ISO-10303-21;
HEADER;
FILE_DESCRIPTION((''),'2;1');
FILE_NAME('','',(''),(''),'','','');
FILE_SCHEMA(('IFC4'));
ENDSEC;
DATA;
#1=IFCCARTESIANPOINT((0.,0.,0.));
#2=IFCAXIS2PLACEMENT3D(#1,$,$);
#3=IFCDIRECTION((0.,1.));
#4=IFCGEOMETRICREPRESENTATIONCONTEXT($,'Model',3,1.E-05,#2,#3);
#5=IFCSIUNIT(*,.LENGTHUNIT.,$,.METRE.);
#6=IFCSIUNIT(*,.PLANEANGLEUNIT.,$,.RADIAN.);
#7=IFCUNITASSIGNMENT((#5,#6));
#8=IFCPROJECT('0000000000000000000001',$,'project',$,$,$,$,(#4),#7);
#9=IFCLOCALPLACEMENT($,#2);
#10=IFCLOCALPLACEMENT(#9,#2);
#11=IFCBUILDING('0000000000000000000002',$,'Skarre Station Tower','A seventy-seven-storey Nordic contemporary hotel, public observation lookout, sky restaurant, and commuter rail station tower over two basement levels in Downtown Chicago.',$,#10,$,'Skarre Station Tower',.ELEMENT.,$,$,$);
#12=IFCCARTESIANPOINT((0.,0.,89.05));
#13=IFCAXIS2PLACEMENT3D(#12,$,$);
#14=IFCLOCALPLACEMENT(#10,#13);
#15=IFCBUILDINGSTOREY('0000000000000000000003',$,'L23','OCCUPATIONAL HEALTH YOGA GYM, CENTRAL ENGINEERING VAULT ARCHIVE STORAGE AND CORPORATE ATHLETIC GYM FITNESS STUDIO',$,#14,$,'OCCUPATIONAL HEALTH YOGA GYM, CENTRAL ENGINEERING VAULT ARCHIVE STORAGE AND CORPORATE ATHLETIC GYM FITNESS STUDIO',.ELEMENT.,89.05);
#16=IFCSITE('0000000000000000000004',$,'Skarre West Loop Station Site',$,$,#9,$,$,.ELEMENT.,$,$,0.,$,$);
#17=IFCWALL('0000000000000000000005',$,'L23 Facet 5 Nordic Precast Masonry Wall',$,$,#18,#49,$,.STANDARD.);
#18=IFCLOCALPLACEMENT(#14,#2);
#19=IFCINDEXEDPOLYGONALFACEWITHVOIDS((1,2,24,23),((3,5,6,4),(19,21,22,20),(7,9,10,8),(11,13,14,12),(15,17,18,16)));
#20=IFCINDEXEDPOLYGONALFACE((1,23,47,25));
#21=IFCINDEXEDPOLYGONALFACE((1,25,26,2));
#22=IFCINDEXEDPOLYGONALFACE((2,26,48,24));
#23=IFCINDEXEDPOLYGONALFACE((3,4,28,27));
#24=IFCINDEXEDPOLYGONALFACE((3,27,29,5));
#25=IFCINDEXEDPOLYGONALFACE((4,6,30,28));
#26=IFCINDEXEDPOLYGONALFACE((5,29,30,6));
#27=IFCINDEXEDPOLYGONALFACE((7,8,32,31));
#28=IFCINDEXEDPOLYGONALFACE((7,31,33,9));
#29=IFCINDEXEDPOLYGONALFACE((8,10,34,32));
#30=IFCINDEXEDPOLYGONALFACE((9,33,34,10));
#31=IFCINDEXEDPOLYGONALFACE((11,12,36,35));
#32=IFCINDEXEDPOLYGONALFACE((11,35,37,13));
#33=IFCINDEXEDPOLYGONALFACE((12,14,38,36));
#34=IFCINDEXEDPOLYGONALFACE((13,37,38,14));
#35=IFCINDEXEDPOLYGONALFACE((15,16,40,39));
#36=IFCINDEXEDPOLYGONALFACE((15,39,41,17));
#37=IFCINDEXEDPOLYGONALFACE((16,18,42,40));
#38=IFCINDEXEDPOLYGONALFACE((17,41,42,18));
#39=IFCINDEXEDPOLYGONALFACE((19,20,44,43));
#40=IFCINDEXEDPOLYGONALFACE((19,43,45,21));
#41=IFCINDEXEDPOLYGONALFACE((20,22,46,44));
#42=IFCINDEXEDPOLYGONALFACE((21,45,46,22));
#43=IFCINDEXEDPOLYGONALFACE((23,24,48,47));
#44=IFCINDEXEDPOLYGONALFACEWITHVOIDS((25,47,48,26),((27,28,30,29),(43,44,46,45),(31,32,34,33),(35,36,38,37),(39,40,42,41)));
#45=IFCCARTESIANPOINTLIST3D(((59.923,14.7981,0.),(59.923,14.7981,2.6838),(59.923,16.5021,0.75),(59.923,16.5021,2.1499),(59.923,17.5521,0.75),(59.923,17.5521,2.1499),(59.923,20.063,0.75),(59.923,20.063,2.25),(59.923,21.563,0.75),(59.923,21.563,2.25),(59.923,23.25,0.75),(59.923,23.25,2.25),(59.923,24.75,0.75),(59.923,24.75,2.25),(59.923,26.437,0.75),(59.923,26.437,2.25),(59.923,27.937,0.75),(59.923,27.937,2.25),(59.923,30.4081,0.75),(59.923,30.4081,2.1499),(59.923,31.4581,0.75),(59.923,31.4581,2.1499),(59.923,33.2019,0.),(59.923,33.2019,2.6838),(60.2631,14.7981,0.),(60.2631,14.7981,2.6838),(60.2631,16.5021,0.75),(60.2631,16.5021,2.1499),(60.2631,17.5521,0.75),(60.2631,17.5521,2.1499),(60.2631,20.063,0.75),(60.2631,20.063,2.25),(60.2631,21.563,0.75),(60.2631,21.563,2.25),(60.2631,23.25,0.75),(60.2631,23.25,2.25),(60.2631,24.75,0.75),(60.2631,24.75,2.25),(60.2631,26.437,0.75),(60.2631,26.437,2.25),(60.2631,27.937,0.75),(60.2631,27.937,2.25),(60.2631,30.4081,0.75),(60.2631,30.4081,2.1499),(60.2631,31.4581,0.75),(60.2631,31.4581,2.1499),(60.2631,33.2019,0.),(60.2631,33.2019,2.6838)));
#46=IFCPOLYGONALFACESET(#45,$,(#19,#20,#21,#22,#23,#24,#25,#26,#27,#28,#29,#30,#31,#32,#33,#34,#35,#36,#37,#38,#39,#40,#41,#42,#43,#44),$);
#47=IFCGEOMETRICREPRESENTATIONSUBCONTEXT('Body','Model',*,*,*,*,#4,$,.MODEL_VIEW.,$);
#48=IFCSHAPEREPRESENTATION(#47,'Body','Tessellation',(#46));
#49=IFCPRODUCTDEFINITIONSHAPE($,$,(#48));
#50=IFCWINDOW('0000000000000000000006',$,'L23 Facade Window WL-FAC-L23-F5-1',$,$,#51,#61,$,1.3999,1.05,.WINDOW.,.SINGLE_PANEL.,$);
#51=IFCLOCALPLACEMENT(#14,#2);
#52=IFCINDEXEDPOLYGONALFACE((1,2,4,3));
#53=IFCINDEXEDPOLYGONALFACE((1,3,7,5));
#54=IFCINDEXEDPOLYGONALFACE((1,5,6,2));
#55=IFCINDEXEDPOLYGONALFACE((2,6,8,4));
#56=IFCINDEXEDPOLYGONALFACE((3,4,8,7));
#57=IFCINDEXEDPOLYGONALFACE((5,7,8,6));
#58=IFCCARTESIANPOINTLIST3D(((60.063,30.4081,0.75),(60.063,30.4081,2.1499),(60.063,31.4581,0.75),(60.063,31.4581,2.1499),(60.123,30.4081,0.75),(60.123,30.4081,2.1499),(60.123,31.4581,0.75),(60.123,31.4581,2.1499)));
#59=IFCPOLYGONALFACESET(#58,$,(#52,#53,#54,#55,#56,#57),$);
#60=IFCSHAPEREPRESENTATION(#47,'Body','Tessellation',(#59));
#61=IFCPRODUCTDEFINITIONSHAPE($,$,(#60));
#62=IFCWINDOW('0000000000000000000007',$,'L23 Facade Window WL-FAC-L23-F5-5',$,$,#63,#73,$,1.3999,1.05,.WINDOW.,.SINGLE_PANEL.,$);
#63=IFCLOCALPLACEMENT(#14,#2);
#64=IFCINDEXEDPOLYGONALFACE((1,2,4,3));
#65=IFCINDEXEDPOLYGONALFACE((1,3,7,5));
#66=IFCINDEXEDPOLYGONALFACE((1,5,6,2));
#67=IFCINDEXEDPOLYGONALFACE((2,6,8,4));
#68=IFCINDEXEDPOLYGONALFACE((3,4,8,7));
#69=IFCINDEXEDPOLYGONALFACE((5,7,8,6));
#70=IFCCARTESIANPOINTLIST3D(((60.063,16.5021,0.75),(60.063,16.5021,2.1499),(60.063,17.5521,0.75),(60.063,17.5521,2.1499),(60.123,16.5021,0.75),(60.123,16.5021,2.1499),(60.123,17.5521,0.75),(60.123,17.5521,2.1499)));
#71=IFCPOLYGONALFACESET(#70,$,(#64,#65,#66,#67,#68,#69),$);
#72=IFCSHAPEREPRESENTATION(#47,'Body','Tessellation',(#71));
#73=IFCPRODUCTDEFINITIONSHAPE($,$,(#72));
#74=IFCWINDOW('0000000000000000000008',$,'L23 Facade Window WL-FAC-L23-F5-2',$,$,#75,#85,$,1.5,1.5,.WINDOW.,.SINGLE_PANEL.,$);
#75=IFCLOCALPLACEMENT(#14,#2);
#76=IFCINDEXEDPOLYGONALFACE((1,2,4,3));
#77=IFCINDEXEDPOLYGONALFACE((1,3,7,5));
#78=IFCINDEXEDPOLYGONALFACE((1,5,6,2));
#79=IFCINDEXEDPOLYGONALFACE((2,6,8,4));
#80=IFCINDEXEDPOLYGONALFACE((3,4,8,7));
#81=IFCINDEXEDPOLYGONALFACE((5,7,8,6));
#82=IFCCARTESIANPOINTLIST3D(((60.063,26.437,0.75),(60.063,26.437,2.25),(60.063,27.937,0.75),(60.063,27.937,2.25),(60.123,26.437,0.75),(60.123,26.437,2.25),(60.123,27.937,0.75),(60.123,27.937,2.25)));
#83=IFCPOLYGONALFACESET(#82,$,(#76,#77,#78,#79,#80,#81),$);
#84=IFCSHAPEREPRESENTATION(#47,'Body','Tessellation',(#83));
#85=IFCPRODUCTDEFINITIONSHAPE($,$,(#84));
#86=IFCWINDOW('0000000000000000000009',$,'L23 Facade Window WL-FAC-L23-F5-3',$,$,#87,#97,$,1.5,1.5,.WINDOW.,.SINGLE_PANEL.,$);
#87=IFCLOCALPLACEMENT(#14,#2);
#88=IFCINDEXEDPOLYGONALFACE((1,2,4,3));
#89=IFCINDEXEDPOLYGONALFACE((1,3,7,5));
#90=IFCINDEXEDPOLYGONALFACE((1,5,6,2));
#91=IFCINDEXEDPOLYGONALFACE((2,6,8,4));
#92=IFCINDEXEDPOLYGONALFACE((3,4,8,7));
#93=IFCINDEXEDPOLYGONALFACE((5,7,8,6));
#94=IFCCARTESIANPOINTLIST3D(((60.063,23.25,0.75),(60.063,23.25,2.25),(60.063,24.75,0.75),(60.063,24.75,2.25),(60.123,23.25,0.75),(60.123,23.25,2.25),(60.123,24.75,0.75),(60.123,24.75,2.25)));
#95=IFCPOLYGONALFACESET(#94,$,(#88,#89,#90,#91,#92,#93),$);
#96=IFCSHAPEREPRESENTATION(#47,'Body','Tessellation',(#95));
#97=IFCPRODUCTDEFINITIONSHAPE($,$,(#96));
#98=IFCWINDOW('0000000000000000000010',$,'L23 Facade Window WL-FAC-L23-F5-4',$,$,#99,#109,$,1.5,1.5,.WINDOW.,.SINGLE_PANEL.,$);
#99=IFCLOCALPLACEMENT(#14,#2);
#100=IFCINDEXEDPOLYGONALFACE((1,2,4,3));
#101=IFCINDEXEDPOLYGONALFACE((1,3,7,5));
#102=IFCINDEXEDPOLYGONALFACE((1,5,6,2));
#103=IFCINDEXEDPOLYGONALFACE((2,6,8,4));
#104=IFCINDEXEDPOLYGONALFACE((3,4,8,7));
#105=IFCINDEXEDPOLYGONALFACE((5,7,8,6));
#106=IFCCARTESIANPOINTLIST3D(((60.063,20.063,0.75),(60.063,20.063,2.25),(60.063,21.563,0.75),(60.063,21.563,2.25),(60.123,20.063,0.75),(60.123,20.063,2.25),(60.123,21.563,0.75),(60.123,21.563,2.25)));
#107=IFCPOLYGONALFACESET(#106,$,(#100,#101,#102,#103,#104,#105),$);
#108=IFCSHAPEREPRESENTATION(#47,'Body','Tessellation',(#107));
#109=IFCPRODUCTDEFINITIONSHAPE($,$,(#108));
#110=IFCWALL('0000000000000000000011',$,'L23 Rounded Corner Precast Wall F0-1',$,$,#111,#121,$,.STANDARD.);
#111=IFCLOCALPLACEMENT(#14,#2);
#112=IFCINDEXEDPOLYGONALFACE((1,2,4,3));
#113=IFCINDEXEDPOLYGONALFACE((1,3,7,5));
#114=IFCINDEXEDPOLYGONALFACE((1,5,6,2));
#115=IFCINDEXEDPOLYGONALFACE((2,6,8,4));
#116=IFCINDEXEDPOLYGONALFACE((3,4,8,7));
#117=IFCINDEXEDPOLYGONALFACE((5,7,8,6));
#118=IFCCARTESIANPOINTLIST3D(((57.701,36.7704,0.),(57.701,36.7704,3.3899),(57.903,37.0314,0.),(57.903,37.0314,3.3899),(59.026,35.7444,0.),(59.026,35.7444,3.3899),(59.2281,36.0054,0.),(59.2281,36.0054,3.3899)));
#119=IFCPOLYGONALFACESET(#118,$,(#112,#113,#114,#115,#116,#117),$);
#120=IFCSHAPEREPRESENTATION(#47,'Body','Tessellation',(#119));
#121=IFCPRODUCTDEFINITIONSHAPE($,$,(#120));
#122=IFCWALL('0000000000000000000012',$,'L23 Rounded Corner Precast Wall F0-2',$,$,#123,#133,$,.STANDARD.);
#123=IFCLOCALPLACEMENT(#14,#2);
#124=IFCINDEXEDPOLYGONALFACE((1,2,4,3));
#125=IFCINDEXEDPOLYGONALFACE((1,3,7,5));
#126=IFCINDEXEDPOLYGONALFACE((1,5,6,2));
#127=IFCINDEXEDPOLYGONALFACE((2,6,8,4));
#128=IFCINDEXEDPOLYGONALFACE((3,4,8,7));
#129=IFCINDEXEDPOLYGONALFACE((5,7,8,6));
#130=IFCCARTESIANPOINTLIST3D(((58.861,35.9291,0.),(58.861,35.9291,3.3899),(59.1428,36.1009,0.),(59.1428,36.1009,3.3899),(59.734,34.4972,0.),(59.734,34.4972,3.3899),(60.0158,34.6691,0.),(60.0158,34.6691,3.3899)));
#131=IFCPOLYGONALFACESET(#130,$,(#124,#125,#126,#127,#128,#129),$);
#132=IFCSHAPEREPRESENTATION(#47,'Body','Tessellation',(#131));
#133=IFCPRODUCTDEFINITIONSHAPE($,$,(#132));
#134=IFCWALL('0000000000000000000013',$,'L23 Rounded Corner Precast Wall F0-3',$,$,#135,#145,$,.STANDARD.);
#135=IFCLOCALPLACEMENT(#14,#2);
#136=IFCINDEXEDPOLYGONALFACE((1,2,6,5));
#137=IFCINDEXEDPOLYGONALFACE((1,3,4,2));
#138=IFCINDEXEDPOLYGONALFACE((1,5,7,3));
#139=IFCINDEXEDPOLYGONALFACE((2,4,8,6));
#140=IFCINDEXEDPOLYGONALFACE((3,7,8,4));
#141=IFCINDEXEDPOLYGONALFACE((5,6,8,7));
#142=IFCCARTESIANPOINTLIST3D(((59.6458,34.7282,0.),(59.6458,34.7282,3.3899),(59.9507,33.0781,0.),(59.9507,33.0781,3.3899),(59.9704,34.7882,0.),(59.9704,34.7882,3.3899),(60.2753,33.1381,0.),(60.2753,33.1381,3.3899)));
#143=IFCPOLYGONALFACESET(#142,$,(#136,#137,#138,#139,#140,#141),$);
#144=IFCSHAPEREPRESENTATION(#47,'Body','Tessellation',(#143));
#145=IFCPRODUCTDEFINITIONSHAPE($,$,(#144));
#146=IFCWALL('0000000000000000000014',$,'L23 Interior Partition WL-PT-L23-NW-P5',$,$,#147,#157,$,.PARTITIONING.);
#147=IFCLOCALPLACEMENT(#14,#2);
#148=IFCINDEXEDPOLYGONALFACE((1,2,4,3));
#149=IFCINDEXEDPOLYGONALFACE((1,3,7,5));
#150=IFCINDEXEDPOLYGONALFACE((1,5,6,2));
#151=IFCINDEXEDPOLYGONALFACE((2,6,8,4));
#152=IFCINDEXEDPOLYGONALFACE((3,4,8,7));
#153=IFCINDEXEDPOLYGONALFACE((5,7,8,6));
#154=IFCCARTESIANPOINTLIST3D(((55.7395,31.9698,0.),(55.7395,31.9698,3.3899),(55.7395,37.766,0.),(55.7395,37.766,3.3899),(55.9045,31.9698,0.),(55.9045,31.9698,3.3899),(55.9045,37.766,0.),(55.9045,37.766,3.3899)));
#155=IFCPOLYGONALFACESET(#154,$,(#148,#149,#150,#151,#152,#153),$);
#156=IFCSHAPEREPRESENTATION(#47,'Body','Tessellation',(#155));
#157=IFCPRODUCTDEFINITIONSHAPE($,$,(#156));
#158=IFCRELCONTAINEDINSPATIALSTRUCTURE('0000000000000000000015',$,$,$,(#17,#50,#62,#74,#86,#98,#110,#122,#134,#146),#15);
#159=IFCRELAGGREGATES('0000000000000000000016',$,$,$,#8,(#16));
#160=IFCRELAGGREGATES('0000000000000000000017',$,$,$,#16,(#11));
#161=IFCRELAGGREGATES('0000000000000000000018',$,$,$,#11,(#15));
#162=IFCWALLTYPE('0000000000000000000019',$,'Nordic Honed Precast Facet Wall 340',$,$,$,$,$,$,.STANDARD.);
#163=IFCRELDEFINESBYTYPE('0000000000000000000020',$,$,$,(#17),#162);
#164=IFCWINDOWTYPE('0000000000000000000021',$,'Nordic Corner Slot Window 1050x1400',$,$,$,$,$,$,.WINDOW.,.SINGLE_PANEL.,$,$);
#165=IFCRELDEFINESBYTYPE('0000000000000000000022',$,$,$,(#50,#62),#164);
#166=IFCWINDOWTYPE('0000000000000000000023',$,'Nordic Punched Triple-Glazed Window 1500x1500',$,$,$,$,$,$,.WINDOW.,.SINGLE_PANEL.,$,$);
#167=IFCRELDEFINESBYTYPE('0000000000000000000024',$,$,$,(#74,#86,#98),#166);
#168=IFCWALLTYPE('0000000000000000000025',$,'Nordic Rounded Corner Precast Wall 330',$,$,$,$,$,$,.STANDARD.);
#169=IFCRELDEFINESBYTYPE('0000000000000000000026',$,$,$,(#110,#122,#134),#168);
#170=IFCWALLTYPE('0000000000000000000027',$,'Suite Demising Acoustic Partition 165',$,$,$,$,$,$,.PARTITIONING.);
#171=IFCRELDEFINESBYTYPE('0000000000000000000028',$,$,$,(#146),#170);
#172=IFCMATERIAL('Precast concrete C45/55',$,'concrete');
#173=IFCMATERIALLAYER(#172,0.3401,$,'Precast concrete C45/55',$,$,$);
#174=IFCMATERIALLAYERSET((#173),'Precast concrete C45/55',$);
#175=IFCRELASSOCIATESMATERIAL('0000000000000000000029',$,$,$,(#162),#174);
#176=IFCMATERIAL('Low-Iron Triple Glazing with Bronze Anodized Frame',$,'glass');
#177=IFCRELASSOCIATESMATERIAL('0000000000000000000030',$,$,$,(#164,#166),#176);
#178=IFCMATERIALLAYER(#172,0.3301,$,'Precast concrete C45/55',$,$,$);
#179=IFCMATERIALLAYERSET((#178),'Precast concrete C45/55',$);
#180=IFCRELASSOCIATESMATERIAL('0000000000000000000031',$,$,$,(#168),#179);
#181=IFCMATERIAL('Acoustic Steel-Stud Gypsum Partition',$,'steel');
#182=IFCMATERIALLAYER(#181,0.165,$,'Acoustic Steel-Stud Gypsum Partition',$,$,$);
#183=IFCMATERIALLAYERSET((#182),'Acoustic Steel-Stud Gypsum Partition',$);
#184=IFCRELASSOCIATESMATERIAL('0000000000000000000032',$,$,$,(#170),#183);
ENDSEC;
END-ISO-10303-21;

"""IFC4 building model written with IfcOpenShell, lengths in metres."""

from ifc_helpers import new_model, si_unit, direction, frame, frame_2d, origin, place, context, subcontext, project, spatial, rectangle, extrude, material, layer, layer_set, type_object, element, fill, save


model = new_model("IFC4")

# Units and contexts
model_context = context("Model", 3, precision=1e-05, world=origin(), true_north=direction((0.0, 1.0)))
body_context = subcontext(model_context, "Body", "Model", "MODEL_VIEW")
ifc_project = project(units=[si_unit("LENGTHUNIT", "METRE"), si_unit("PLANEANGLEUNIT", "RADIAN")], contexts=[model_context])

# Site, building, storey
site_placement = place(None, origin())
site = spatial("IfcSite", under=ifc_project, at=site_placement, Name="Skarre West Loop Station Site", CompositionType="ELEMENT", RefElevation=0.0)
building_placement = place(site_placement, origin())
building = spatial("IfcBuilding", under=site, at=building_placement, Name="Skarre Station Tower", Description="A seventy-seven-storey Nordic contemporary hotel, public observation lookout, sky restaurant, and commuter rail station tower over two basement levels in Downtown Chicago.", LongName="Skarre Station Tower", CompositionType="ELEMENT")
storey_placement = place(building_placement, frame((0.0, 0.0, 89.05)))
storey = spatial("IfcBuildingStorey", under=building, at=storey_placement, Name="L23", Description="OCCUPATIONAL HEALTH YOGA GYM, CENTRAL ENGINEERING VAULT ARCHIVE STORAGE AND CORPORATE ATHLETIC GYM FITNESS STUDIO", LongName="OCCUPATIONAL HEALTH YOGA GYM, CENTRAL ENGINEERING VAULT ARCHIVE STORAGE AND CORPORATE ATHLETIC GYM FITNESS STUDIO", CompositionType="ELEMENT", Elevation=89.05)

# Wall, openings, windows
ifc_material_1 = material(Name="Precast concrete C45/55", Category="concrete")
ifc_layer_1 = layer(ifc_material_1, 0.3401, Name="Precast concrete C45/55")
ifc_layer_set_1 = layer_set([ifc_layer_1], Name="Precast concrete C45/55")
wall_type_1 = type_object("IfcWallType", Name="Nordic Honed Precast Facet Wall 340", PredefinedType="STANDARD", material=ifc_layer_set_1)
wall_1_placement = place(storey_placement, frame((60.093, 33.2019, 0.0), z_axis=(0.0, 0.0, 1.0), x_axis=(0.0, -1.0, 0.0)))
wall_1 = element("IfcWall", 1, at=wall_1_placement, inside=storey, type_object=wall_type_1, Name="L23 Facet 5 Nordic Precast Masonry Wall", PredefinedType="STANDARD", context=body_context, shape_type="SweptSolid", body=[
    extrude(rectangle(XDim=18.4038, YDim=0.3401, at=frame_2d((9.2019, 0.0))), origin(), (0.0, 0.0, 1.0), 2.6838),
])
opening_1_placement = place(wall_1_placement, frame((1.7439, 0.0, 0.75)))
opening_1 = element("IfcOpeningElement", 2, at=opening_1_placement, cuts=wall_1, PredefinedType="OPENING", context=body_context, shape_type="SweptSolid", body=[
    extrude(rectangle(XDim=1.05, YDim=1.3999, at=frame_2d((0.5249, 0.7))), frame((0.0, 0.1799, 0.0), z_axis=(0.0, -1.0, 0.0), x_axis=(1.0, 0.0, 0.0)), (0.0, 0.0, 1.0), 0.3601),
])
opening_2_placement = place(wall_1_placement, frame((5.2649, 0.0, 0.75)))
opening_2 = element("IfcOpeningElement", 3, at=opening_2_placement, cuts=wall_1, PredefinedType="OPENING", context=body_context, shape_type="SweptSolid", body=[
    extrude(rectangle(XDim=1.5, YDim=1.5, at=frame_2d((0.75, 0.75))), frame((0.0, 0.1799, 0.0), z_axis=(0.0, -1.0, 0.0), x_axis=(1.0, 0.0, 0.0)), (0.0, 0.0, 1.0), 0.3601),
])
opening_3_placement = place(wall_1_placement, frame((8.4519, 0.0, 0.75)))
opening_3 = element("IfcOpeningElement", 4, at=opening_3_placement, cuts=wall_1, PredefinedType="OPENING", context=body_context, shape_type="SweptSolid", body=[
    extrude(rectangle(XDim=1.5, YDim=1.5, at=frame_2d((0.75, 0.75))), frame((0.0, 0.1799, 0.0), z_axis=(0.0, -1.0, 0.0), x_axis=(1.0, 0.0, 0.0)), (0.0, 0.0, 1.0), 0.3601),
])
opening_4_placement = place(wall_1_placement, frame((11.6389, 0.0, 0.75)))
opening_4 = element("IfcOpeningElement", 5, at=opening_4_placement, cuts=wall_1, PredefinedType="OPENING", context=body_context, shape_type="SweptSolid", body=[
    extrude(rectangle(XDim=1.5, YDim=1.5, at=frame_2d((0.75, 0.75))), frame((0.0, 0.1799, 0.0), z_axis=(0.0, -1.0, 0.0), x_axis=(1.0, 0.0, 0.0)), (0.0, 0.0, 1.0), 0.3601),
])
opening_5_placement = place(wall_1_placement, frame((15.6499, 0.0, 0.75)))
opening_5 = element("IfcOpeningElement", 6, at=opening_5_placement, cuts=wall_1, PredefinedType="OPENING", context=body_context, shape_type="SweptSolid", body=[
    extrude(rectangle(XDim=1.05, YDim=1.3999, at=frame_2d((0.5249, 0.7))), frame((0.0, 0.1799, 0.0), z_axis=(0.0, -1.0, 0.0), x_axis=(1.0, 0.0, 0.0)), (0.0, 0.0, 1.0), 0.3601),
])
ifc_material_2 = material(Name="Low-Iron Triple Glazing with Bronze Anodized Frame", Category="glass")
window_type_1 = type_object("IfcWindowType", Name="Nordic Corner Slot Window 1050x1400", PartitioningType="SINGLE_PANEL", PredefinedType="WINDOW", material=ifc_material_2)
window_1_placement = place(opening_1_placement, origin())
window_1 = element("IfcWindow", 7, at=window_1_placement, inside=storey, type_object=window_type_1, Name="L23 Facade Window WL-FAC-L23-F5-1", OverallHeight=1.3999, OverallWidth=1.05, PartitioningType="SINGLE_PANEL", PredefinedType="WINDOW", context=body_context, shape_type="SweptSolid", body=[
    extrude(rectangle(XDim=1.05, YDim=1.3999, at=frame_2d((0.5249, 0.7))), frame((0.0, 0.03, 0.0), z_axis=(0.0, -1.0, 0.0), x_axis=(1.0, 0.0, 0.0)), (0.0, 0.0, 1.0), 0.0601),
])
fill(opening_1, window_1)
window_2_placement = place(opening_5_placement, origin())
window_2 = element("IfcWindow", 8, at=window_2_placement, inside=storey, type_object=window_type_1, Name="L23 Facade Window WL-FAC-L23-F5-5", OverallHeight=1.3999, OverallWidth=1.05, PartitioningType="SINGLE_PANEL", PredefinedType="WINDOW", context=body_context, shape_type="SweptSolid", body=[
    extrude(rectangle(XDim=1.05, YDim=1.3999, at=frame_2d((0.5249, 0.7))), frame((0.0, 0.03, 0.0), z_axis=(0.0, -1.0, 0.0), x_axis=(1.0, 0.0, 0.0)), (0.0, 0.0, 1.0), 0.0601),
])
fill(opening_5, window_2)
window_type_2 = type_object("IfcWindowType", Name="Nordic Punched Triple-Glazed Window 1500x1500", PartitioningType="SINGLE_PANEL", PredefinedType="WINDOW", material=ifc_material_2)
window_3_placement = place(opening_2_placement, origin())
window_3 = element("IfcWindow", 9, at=window_3_placement, inside=storey, type_object=window_type_2, Name="L23 Facade Window WL-FAC-L23-F5-2", OverallHeight=1.5, OverallWidth=1.5, PartitioningType="SINGLE_PANEL", PredefinedType="WINDOW", context=body_context, shape_type="SweptSolid", body=[
    extrude(rectangle(XDim=1.5, YDim=1.5, at=frame_2d((0.75, 0.75))), frame((0.0, 0.03, 0.0), z_axis=(0.0, -1.0, 0.0), x_axis=(1.0, 0.0, 0.0)), (0.0, 0.0, 1.0), 0.0601),
])
fill(opening_2, window_3)
window_4_placement = place(opening_3_placement, origin())
window_4 = element("IfcWindow", 10, at=window_4_placement, inside=storey, type_object=window_type_2, Name="L23 Facade Window WL-FAC-L23-F5-3", OverallHeight=1.5, OverallWidth=1.5, PartitioningType="SINGLE_PANEL", PredefinedType="WINDOW", context=body_context, shape_type="SweptSolid", body=[
    extrude(rectangle(XDim=1.5, YDim=1.5, at=frame_2d((0.75, 0.75))), frame((0.0, 0.03, 0.0), z_axis=(0.0, -1.0, 0.0), x_axis=(1.0, 0.0, 0.0)), (0.0, 0.0, 1.0), 0.0601),
])
fill(opening_3, window_4)
window_5_placement = place(opening_4_placement, origin())
window_5 = element("IfcWindow", 11, at=window_5_placement, inside=storey, type_object=window_type_2, Name="L23 Facade Window WL-FAC-L23-F5-4", OverallHeight=1.5, OverallWidth=1.5, PartitioningType="SINGLE_PANEL", PredefinedType="WINDOW", context=body_context, shape_type="SweptSolid", body=[
    extrude(rectangle(XDim=1.5, YDim=1.5, at=frame_2d((0.75, 0.75))), frame((0.0, 0.03, 0.0), z_axis=(0.0, -1.0, 0.0), x_axis=(1.0, 0.0, 0.0)), (0.0, 0.0, 1.0), 0.0601),
])
fill(opening_4, window_5)

# Walls
ifc_layer_2 = layer(ifc_material_1, 0.3301, Name="Precast concrete C45/55")
ifc_layer_set_2 = layer_set([ifc_layer_2], Name="Precast concrete C45/55")
wall_type_2 = type_object("IfcWallType", Name="Nordic Rounded Corner Precast Wall 330", PredefinedType="STANDARD", material=ifc_layer_set_2)
wall_2_placement = place(storey_placement, frame((57.802, 36.9009, 0.0), z_axis=(0.0, 0.0, 1.0), x_axis=(0.790692, -0.612214, 0.0)))
element("IfcWall", 12, at=wall_2_placement, inside=storey, type_object=wall_type_2, Name="L23 Rounded Corner Precast Wall F0-1", PredefinedType="STANDARD", context=body_context, shape_type="SweptSolid", body=[
    extrude(rectangle(XDim=1.6758, YDim=0.3301, at=frame_2d((0.8379, 0.0))), origin(), (0.0, 0.0, 1.0), 3.3899),
])
wall_3_placement = place(storey_placement, frame((59.002, 36.0149, 0.0), z_axis=(0.0, 0.0, 1.0), x_axis=(0.520584, -0.85381, 0.0)))
element("IfcWall", 13, at=wall_3_placement, inside=storey, type_object=wall_type_2, Name="L23 Rounded Corner Precast Wall F0-2", PredefinedType="STANDARD", context=body_context, shape_type="SweptSolid", body=[
    extrude(rectangle(XDim=1.677, YDim=0.3301, at=frame_2d((0.8384, 0.0))), origin(), (0.0, 0.0, 1.0), 3.3899),
])
wall_4_placement = place(storey_placement, frame((59.8081, 34.7581, 0.0), z_axis=(0.0, 0.0, 1.0), x_axis=(0.181714, -0.983351, 0.0)))
element("IfcWall", 14, at=wall_4_placement, inside=storey, type_object=wall_type_2, Name="L23 Rounded Corner Precast Wall F0-3", PredefinedType="STANDARD", context=body_context, shape_type="SweptSolid", body=[
    extrude(rectangle(XDim=1.678, YDim=0.3301, at=frame_2d((0.8389, 0.0))), origin(), (0.0, 0.0, 1.0), 3.3899),
])
ifc_material_3 = material(Name="Acoustic Steel-Stud Gypsum Partition", Category="steel")
ifc_layer_3 = layer(ifc_material_3, 0.165, Name="Acoustic Steel-Stud Gypsum Partition")
ifc_layer_set_3 = layer_set([ifc_layer_3], Name="Acoustic Steel-Stud Gypsum Partition")
wall_type_3 = type_object("IfcWallType", Name="Suite Demising Acoustic Partition 165", PredefinedType="PARTITIONING", material=ifc_layer_set_3)
wall_5_placement = place(storey_placement, frame((55.822, 31.97, 0.0), z_axis=(0.0, 0.0, 1.0), x_axis=(0.0, 1.0, 0.0)))
element("IfcWall", 15, at=wall_5_placement, inside=storey, type_object=wall_type_3, Name="L23 Interior Partition WL-PT-L23-NW-P5", PredefinedType="PARTITIONING", context=body_context, shape_type="SweptSolid", body=[
    extrude(rectangle(XDim=5.7961, YDim=0.165, at=frame_2d((2.8979, 0.0))), origin(), (0.0, 0.0, 1.0), 3.3899),
])

save(model, "model.ifc")
